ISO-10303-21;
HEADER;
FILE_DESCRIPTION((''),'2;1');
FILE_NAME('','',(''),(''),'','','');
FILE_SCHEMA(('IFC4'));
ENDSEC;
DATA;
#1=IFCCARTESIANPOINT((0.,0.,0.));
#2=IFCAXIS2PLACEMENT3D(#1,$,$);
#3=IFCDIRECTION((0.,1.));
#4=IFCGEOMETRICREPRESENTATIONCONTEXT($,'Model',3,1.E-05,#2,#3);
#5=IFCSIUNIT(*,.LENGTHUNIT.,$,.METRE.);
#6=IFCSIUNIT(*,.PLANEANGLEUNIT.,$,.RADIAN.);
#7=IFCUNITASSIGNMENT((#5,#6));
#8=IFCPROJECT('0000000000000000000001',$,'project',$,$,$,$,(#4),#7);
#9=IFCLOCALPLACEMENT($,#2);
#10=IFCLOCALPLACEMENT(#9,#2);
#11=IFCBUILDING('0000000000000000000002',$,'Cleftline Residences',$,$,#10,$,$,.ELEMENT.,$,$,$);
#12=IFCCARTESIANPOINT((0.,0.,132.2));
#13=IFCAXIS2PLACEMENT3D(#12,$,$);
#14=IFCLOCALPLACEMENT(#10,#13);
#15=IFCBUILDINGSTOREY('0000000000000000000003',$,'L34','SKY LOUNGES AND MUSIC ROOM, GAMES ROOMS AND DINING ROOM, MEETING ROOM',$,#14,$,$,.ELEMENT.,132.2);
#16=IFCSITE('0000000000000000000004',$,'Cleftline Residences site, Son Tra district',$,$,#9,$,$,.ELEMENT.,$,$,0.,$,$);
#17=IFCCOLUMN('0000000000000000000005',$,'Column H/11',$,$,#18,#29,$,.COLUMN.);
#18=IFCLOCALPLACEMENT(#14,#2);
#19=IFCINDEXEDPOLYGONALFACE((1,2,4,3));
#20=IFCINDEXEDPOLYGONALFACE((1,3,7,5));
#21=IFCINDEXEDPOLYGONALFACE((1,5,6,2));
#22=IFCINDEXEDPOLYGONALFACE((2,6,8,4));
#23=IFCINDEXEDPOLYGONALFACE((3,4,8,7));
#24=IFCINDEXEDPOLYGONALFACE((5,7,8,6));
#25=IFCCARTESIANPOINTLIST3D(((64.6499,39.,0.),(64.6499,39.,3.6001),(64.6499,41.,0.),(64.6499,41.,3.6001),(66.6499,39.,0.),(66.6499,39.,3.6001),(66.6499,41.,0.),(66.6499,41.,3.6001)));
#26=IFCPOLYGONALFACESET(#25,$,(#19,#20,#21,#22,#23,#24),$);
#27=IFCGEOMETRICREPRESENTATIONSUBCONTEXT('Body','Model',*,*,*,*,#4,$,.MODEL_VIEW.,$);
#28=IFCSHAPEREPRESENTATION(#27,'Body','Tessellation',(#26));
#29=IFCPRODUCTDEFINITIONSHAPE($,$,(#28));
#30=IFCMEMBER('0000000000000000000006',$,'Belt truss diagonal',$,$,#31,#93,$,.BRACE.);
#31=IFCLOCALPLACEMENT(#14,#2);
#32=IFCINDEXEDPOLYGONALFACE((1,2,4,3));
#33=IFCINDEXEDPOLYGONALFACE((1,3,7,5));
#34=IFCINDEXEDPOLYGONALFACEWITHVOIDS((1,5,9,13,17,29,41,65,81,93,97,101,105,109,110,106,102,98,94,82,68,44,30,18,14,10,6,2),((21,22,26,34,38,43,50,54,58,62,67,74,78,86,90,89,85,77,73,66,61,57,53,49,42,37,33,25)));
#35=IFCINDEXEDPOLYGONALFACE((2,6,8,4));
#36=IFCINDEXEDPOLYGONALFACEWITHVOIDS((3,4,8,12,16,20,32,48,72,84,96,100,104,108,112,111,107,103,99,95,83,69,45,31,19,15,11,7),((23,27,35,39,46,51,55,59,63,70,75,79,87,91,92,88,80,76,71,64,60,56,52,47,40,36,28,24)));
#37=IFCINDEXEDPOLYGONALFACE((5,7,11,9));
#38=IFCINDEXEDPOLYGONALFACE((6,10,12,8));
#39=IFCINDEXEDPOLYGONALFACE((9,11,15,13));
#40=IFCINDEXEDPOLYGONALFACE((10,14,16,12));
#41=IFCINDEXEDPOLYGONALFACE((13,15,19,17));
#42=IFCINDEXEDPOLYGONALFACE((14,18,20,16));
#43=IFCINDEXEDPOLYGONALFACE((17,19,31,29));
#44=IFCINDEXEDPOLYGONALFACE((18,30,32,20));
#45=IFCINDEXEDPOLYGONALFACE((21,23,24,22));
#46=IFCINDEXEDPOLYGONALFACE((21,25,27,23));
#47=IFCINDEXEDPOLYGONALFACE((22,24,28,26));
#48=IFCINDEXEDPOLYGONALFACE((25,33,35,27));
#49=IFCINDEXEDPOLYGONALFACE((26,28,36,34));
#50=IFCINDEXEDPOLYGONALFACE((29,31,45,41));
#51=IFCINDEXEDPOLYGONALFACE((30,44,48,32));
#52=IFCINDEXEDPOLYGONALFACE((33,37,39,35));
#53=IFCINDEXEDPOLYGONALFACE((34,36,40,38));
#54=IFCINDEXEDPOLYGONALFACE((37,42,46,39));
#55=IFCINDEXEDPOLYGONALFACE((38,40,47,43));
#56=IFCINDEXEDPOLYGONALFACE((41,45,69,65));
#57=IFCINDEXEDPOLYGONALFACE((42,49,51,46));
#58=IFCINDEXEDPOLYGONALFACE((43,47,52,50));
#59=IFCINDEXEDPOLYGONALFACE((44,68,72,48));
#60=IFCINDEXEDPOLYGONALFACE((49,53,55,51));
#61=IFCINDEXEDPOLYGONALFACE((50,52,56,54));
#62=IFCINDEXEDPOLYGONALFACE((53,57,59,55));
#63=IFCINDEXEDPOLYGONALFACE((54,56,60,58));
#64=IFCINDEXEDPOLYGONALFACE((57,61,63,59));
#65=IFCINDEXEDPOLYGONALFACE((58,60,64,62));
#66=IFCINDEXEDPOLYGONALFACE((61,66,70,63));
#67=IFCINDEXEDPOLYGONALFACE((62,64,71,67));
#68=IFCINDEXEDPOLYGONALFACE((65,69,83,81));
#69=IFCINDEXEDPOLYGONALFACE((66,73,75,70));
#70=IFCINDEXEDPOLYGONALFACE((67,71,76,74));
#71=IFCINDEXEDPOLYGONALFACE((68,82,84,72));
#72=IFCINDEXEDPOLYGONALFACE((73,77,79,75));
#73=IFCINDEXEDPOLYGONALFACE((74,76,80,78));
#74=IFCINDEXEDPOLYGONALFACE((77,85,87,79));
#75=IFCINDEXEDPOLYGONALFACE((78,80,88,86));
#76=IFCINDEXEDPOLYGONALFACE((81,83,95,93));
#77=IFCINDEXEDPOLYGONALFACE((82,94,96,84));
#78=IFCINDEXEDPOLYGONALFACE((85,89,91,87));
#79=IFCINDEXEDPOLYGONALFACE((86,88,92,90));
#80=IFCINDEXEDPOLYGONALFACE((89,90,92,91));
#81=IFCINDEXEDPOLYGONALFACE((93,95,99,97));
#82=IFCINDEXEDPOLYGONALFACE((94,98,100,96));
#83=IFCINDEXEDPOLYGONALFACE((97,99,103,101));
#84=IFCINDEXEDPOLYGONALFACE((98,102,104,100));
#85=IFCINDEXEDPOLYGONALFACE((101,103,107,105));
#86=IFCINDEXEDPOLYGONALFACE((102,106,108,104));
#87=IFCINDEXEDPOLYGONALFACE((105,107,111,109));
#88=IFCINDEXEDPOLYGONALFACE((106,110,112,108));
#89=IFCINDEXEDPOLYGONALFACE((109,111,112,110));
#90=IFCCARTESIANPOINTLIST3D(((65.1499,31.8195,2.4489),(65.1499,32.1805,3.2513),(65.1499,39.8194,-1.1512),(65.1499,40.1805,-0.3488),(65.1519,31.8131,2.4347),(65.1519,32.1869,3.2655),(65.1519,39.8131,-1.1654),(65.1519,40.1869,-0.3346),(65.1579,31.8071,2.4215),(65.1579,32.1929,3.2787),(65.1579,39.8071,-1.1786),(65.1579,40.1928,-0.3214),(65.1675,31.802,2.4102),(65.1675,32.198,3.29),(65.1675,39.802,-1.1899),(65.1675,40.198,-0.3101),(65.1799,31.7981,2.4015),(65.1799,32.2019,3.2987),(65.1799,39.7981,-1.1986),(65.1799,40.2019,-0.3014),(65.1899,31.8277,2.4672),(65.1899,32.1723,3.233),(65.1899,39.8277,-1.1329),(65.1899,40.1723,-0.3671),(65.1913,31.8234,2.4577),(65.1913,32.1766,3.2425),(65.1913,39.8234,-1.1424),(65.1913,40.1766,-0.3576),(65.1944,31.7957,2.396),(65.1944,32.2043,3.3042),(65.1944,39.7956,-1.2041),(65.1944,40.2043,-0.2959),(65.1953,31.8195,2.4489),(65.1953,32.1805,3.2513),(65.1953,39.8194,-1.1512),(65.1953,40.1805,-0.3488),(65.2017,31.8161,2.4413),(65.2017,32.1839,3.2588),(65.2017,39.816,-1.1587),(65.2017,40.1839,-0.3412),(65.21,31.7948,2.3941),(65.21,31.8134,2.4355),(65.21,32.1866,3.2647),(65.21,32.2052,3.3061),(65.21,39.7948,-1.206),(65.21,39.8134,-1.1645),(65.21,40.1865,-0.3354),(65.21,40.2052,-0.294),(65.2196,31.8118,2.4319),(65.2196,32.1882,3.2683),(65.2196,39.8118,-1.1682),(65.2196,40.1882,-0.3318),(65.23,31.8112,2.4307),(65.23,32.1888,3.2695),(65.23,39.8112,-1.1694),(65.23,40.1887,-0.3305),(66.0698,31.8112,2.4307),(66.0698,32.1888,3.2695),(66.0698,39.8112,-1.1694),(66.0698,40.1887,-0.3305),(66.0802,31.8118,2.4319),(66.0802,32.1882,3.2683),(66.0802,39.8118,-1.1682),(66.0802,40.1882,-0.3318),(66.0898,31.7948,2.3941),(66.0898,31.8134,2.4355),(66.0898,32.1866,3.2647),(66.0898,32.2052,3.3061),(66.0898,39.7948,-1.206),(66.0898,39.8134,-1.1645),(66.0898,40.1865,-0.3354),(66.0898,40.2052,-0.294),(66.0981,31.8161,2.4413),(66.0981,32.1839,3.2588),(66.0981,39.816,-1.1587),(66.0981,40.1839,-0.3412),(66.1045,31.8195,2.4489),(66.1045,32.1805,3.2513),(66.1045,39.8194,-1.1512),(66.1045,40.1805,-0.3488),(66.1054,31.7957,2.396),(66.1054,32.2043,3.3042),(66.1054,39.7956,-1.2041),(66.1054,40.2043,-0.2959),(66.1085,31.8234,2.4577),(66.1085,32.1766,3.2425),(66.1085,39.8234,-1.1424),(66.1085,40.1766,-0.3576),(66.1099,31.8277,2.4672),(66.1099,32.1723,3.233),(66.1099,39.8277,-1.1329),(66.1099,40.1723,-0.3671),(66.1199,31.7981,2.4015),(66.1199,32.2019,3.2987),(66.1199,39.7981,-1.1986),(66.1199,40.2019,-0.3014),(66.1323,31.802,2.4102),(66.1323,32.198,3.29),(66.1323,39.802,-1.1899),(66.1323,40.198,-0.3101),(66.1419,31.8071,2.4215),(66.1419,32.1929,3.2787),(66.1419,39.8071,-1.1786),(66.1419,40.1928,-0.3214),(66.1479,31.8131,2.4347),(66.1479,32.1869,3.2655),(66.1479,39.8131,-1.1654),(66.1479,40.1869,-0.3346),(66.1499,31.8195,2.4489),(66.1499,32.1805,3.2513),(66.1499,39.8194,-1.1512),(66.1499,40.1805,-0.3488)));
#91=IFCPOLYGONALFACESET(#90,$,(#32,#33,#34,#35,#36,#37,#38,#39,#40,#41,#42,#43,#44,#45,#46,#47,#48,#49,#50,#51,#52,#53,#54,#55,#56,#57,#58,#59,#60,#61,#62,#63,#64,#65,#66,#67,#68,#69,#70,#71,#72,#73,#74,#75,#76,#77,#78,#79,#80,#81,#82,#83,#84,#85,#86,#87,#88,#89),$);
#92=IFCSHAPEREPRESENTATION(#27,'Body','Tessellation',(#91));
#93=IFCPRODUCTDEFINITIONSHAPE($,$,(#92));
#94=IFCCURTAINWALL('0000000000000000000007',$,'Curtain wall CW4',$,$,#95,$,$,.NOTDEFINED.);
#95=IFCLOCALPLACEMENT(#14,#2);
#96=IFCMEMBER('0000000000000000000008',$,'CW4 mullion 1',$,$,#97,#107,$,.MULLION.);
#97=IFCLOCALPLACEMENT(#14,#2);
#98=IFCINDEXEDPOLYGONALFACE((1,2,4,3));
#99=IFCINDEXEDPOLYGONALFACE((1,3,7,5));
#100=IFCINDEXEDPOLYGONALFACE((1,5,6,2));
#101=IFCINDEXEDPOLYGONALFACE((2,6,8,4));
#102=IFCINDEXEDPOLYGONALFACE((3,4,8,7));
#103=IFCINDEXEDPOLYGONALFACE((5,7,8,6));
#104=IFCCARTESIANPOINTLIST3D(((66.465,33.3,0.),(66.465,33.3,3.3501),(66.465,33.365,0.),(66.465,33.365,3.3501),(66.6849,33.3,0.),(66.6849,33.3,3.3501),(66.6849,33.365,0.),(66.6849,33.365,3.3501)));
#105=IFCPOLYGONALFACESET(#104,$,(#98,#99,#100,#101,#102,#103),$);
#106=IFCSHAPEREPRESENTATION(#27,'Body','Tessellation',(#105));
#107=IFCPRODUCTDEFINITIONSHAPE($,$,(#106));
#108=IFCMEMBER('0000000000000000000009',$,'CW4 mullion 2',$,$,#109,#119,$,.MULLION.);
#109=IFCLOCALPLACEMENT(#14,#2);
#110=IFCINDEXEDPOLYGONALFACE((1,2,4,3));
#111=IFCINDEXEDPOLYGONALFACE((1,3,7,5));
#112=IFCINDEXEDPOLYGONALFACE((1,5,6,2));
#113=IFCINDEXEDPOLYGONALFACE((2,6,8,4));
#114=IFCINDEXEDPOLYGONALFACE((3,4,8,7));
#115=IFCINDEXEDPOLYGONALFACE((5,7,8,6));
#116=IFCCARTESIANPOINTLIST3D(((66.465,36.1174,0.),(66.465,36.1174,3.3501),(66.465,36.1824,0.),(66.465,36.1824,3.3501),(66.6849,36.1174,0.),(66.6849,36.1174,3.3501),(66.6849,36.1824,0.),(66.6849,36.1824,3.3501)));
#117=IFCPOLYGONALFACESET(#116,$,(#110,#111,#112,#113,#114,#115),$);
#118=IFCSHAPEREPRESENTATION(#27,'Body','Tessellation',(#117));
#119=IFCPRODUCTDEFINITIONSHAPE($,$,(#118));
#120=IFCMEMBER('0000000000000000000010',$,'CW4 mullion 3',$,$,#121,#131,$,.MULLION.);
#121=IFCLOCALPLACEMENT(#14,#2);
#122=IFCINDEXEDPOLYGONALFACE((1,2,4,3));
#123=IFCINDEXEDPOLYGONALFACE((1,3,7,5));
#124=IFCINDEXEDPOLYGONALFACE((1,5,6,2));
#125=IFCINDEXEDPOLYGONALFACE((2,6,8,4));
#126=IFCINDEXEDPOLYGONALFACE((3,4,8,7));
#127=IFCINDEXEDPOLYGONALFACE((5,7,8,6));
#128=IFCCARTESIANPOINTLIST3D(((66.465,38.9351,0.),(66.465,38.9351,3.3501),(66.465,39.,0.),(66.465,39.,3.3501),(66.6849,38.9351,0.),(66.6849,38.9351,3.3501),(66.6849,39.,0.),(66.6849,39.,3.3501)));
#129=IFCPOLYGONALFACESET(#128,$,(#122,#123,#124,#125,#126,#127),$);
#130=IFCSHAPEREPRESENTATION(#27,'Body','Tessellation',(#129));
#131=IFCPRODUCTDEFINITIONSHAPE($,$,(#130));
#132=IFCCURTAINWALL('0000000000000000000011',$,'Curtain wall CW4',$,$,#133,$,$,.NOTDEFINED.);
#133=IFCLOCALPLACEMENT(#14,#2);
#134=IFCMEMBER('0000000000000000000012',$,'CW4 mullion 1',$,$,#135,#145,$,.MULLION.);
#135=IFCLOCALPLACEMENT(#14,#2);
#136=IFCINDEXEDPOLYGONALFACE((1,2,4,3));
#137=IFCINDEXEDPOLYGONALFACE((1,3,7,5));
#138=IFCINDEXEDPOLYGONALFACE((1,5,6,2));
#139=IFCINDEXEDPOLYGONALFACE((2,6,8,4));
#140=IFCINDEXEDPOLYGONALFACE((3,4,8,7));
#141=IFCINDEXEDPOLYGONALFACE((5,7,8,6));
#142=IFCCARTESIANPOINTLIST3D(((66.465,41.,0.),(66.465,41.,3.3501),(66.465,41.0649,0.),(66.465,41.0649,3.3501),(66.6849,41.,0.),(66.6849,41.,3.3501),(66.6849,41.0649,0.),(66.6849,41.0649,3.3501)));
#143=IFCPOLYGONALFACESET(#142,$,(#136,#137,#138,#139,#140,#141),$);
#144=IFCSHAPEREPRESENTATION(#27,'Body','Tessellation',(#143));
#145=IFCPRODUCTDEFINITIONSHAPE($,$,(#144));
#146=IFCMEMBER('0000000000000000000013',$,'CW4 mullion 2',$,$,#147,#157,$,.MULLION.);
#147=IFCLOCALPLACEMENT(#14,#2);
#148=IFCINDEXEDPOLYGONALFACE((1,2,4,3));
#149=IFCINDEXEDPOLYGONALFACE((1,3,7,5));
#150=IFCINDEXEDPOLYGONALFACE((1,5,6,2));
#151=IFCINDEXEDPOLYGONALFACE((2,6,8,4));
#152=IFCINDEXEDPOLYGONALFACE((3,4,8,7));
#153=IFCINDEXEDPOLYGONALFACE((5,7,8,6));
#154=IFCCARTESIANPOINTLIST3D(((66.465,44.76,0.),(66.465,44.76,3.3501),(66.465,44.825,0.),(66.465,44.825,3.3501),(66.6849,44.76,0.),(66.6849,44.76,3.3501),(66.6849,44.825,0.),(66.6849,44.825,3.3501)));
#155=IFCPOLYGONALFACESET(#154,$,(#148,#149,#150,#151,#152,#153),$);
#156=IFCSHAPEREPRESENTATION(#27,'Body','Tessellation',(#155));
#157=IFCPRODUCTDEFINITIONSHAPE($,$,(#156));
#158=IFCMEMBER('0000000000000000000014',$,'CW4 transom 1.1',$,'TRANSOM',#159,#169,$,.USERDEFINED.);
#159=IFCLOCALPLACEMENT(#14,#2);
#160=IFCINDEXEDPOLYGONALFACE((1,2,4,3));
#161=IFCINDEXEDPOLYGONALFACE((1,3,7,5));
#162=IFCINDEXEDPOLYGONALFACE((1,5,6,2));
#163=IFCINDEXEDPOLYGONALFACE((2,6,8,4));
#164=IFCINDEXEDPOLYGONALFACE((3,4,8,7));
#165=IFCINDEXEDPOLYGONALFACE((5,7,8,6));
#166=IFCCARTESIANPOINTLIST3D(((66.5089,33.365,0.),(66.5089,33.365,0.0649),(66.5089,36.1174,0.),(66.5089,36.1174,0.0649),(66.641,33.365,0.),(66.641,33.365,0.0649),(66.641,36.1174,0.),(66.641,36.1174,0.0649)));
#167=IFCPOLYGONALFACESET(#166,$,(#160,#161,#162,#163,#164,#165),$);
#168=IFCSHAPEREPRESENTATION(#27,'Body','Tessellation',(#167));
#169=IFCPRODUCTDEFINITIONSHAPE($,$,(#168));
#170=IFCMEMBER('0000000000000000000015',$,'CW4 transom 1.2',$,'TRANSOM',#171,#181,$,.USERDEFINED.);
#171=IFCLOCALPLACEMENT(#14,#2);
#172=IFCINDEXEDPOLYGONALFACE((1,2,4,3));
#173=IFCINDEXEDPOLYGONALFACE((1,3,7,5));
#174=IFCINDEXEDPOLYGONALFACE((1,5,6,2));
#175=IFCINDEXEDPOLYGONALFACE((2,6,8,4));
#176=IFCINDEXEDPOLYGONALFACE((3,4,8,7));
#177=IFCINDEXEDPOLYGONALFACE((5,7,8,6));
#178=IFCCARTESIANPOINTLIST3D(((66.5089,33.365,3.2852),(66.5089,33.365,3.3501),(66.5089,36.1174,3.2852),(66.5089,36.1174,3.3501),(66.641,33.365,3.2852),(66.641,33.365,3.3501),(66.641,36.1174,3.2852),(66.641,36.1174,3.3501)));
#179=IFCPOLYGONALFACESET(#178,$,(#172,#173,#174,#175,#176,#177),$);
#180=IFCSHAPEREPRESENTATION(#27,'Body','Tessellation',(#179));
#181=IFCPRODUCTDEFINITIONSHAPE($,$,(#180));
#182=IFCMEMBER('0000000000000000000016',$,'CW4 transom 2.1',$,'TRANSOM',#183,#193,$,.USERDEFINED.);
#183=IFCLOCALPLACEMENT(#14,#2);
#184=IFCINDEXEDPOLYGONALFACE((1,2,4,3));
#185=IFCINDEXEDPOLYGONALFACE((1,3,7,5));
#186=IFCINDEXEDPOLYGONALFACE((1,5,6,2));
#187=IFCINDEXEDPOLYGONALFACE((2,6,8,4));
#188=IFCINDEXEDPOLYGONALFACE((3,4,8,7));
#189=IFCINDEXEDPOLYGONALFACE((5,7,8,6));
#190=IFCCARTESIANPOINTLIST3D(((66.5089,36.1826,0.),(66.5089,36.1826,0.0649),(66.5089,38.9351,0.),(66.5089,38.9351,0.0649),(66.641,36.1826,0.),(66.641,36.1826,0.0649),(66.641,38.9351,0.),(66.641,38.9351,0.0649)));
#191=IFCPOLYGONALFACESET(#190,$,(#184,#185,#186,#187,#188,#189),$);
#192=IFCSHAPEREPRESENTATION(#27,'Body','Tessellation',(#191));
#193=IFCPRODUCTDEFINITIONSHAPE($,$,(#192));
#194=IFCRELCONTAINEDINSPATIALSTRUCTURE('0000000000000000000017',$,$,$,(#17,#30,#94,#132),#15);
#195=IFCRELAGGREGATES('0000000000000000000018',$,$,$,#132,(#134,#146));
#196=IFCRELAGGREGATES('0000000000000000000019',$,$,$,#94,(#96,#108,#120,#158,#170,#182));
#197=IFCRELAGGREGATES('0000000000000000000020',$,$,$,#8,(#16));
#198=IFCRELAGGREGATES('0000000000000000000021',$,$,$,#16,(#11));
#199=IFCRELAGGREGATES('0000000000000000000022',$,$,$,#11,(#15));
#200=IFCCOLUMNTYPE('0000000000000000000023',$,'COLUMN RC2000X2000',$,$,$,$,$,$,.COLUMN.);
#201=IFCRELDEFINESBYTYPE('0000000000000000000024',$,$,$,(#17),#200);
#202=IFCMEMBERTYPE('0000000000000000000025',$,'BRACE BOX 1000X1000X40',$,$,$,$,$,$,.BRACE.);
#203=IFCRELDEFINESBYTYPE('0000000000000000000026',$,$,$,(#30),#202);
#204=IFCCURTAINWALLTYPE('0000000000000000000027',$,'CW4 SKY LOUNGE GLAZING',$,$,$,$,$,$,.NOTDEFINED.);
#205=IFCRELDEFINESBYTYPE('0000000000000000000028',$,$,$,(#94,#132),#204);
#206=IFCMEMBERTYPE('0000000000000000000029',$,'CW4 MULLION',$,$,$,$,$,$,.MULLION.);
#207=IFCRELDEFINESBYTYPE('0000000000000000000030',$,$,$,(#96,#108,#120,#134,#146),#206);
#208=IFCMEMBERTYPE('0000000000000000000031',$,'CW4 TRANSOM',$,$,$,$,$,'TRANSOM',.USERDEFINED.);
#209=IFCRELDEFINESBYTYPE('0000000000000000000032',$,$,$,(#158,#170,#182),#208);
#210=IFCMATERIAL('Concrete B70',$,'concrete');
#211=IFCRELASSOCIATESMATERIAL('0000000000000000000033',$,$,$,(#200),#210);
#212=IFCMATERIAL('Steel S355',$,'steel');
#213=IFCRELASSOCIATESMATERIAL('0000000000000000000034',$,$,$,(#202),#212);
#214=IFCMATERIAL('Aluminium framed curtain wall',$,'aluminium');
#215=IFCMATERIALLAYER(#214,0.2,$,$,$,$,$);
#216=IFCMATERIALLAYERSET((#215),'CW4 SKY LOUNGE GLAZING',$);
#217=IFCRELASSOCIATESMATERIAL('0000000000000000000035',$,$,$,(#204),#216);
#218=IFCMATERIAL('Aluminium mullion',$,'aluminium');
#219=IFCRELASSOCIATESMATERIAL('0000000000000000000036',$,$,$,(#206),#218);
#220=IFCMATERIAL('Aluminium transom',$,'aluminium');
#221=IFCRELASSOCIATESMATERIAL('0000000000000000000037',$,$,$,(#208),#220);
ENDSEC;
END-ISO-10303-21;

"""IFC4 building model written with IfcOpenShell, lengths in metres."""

from ifc_helpers import new_model, si_unit, direction, frame, origin, origin_2d, place, context, subcontext, project, spatial, rectangle, hollow_rectangle, extrude, material, layer, layer_set, material_profile, profile_set, type_object, element, aggregate, save


model = new_model("IFC4")

# Units and contexts
model_context = context("Model", 3, precision=1e-05, world=origin(), true_north=direction((0.0, 1.0)))
body_context = subcontext(model_context, "Body", "Model", "MODEL_VIEW")
ifc_project = project(units=[si_unit("LENGTHUNIT", "METRE"), si_unit("PLANEANGLEUNIT", "RADIAN")], contexts=[model_context])

# Site, building, storey
site_placement = place(None, origin())
site = spatial("IfcSite", under=ifc_project, at=site_placement, Name="Cleftline Residences site, Son Tra district", CompositionType="ELEMENT", RefElevation=0.0)
building_placement = place(site_placement, origin())
building = spatial("IfcBuilding", under=site, at=building_placement, Name="Cleftline Residences", CompositionType="ELEMENT")
storey_placement = place(building_placement, frame((0.0, 0.0, 132.2)))
storey = spatial("IfcBuildingStorey", under=building, at=storey_placement, Name="L34", Description="SKY LOUNGES AND MUSIC ROOM, GAMES ROOMS AND DINING ROOM, MEETING ROOM", CompositionType="ELEMENT", Elevation=132.2)

# Column
ifc_material_1 = material(Name="Concrete B70", Category="concrete")
ifc_material_profile_1 = material_profile(ifc_material_1, rectangle(XDim=2.0, YDim=2.0, at=origin_2d()))
ifc_profile_set_1 = profile_set([ifc_material_profile_1], Name="Concrete B70")
column_type = type_object("IfcColumnType", Name="COLUMN RC2000X2000", PredefinedType="COLUMN", material=ifc_profile_set_1)
column_placement = place(storey_placement, frame((65.6499, 40.0, 0.0), z_axis=(0.0, 0.0, 1.0), x_axis=(1.0, 0.0, 0.0)))
element("IfcColumn", 1, at=column_placement, inside=storey, type_object=column_type, Name="Column H/11", PredefinedType="COLUMN", context=body_context, shape_type="SweptSolid", body=[
    extrude(rectangle(XDim=2.0, YDim=2.0, at=origin_2d()), origin(), (0.0, 0.0, 1.0), 3.6001),
])

# Member
ifc_material_2 = material(Name="Steel S355", Category="steel")
ifc_material_profile_2 = material_profile(ifc_material_2, hollow_rectangle(XDim=1.0, YDim=1.0, WallThickness=0.04, InnerFilletRadius=0.04, OuterFilletRadius=0.0601, at=origin_2d()))
ifc_profile_set_2 = profile_set([ifc_material_profile_2], Name="Steel S355")
member_type_1 = type_object("IfcMemberType", Name="BRACE BOX 1000X1000X40", PredefinedType="BRACE", material=ifc_profile_set_2)
member_1_placement = place(storey_placement, frame((65.6499, 32.0, 2.8501), z_axis=(0.0, 0.911917, -0.410374), x_axis=(0.0, 0.410374, 0.911917)))
element("IfcMember", 2, at=member_1_placement, inside=storey, type_object=member_type_1, Name="Belt truss diagonal", PredefinedType="BRACE", context=body_context, shape_type="SweptSolid", body=[
    extrude(hollow_rectangle(XDim=1.0, YDim=1.0, WallThickness=0.04, InnerFilletRadius=0.04, OuterFilletRadius=0.0601, at=origin_2d()), origin(), (0.0, 0.0, 1.0), 8.7727),
])

# Curtain walls, members
ifc_material_3 = material(Name="Aluminium framed curtain wall", Category="aluminium")
ifc_layer_1 = layer(ifc_material_3, 0.2)
ifc_layer_set_1 = layer_set([ifc_layer_1], Name="CW4 SKY LOUNGE GLAZING")
curtain_wall_type = type_object("IfcCurtainWallType", Name="CW4 SKY LOUNGE GLAZING", PredefinedType="NOTDEFINED", material=ifc_layer_set_1)
curtain_wall_1_placement = place(storey_placement, origin())
curtain_wall_1 = element("IfcCurtainWall", 3, at=curtain_wall_1_placement, inside=storey, type_object=curtain_wall_type, Name="Curtain wall CW4", PredefinedType="NOTDEFINED")
ifc_material_4 = material(Name="Aluminium mullion", Category="aluminium")
ifc_material_profile_3 = material_profile(ifc_material_4, rectangle(XDim=0.22, YDim=0.0649, at=origin_2d()))
ifc_profile_set_3 = profile_set([ifc_material_profile_3], Name="Aluminium mullion")
member_type_2 = type_object("IfcMemberType", Name="CW4 MULLION", PredefinedType="MULLION", material=ifc_profile_set_3)
member_2_placement = place(storey_placement, frame((66.575, 33.3325, 0.0), z_axis=(0.0, 0.0, 1.0), x_axis=(-1.0, 0.0, 0.0)))
member_2 = element("IfcMember", 4, at=member_2_placement, type_object=member_type_2, Name="CW4 mullion 1", PredefinedType="MULLION", context=body_context, shape_type="SweptSolid", body=[
    extrude(rectangle(XDim=0.22, YDim=0.0649, at=origin_2d()), origin(), (0.0, 0.0, 1.0), 3.3501),
])
member_3_placement = place(storey_placement, frame((66.575, 36.1499, 0.0), z_axis=(0.0, 0.0, 1.0), x_axis=(-1.0, 0.0, 0.0)))
member_3 = element("IfcMember", 5, at=member_3_placement, type_object=member_type_2, Name="CW4 mullion 2", PredefinedType="MULLION", context=body_context, shape_type="SweptSolid", body=[
    extrude(rectangle(XDim=0.22, YDim=0.0649, at=origin_2d()), origin(), (0.0, 0.0, 1.0), 3.3501),
])
member_4_placement = place(storey_placement, frame((66.575, 38.9675, 0.0), z_axis=(0.0, 0.0, 1.0), x_axis=(-1.0, 0.0, 0.0)))
member_4 = element("IfcMember", 6, at=member_4_placement, type_object=member_type_2, Name="CW4 mullion 3", PredefinedType="MULLION", context=body_context, shape_type="SweptSolid", body=[
    extrude(rectangle(XDim=0.22, YDim=0.0649, at=origin_2d()), origin(), (0.0, 0.0, 1.0), 3.3501),
])
curtain_wall_2_placement = place(storey_placement, origin())
curtain_wall_2 = element("IfcCurtainWall", 7, at=curtain_wall_2_placement, inside=storey, type_object=curtain_wall_type, Name="Curtain wall CW4", PredefinedType="NOTDEFINED")
member_5_placement = place(storey_placement, frame((66.575, 41.0325, 0.0), z_axis=(0.0, 0.0, 1.0), x_axis=(-1.0, 0.0, 0.0)))
member_5 = element("IfcMember", 8, at=member_5_placement, type_object=member_type_2, Name="CW4 mullion 1", PredefinedType="MULLION", context=body_context, shape_type="SweptSolid", body=[
    extrude(rectangle(XDim=0.22, YDim=0.0649, at=origin_2d()), origin(), (0.0, 0.0, 1.0), 3.3501),
])
member_6_placement = place(storey_placement, frame((66.575, 44.7925, 0.0), z_axis=(0.0, 0.0, 1.0), x_axis=(-1.0, 0.0, 0.0)))
member_6 = element("IfcMember", 9, at=member_6_placement, type_object=member_type_2, Name="CW4 mullion 2", PredefinedType="MULLION", context=body_context, shape_type="SweptSolid", body=[
    extrude(rectangle(XDim=0.22, YDim=0.0649, at=origin_2d()), origin(), (0.0, 0.0, 1.0), 3.3501),
])

# Members
ifc_material_5 = material(Name="Aluminium transom", Category="aluminium")
ifc_material_profile_4 = material_profile(ifc_material_5, rectangle(XDim=0.1321, YDim=0.0649, at=origin_2d()))
ifc_profile_set_4 = profile_set([ifc_material_profile_4], Name="Aluminium transom")
member_type_3 = type_object("IfcMemberType", Name="CW4 TRANSOM", ElementType="TRANSOM", PredefinedType="USERDEFINED", material=ifc_profile_set_4)
member_7_placement = place(storey_placement, frame((66.575, 33.365, 0.0325), z_axis=(0.0, 1.0, 0.0), x_axis=(-1.0, 0.0, 0.0)))
member_7 = element("IfcMember", 10, at=member_7_placement, type_object=member_type_3, Name="CW4 transom 1.1", ObjectType="TRANSOM", PredefinedType="USERDEFINED", context=body_context, shape_type="SweptSolid", body=[
    extrude(rectangle(XDim=0.1321, YDim=0.0649, at=origin_2d()), origin(), (0.0, 0.0, 1.0), 2.7524),
])
member_8_placement = place(storey_placement, frame((66.575, 33.365, 3.3176), z_axis=(0.0, 1.0, 0.0), x_axis=(-1.0, 0.0, 0.0)))
member_8 = element("IfcMember", 11, at=member_8_placement, type_object=member_type_3, Name="CW4 transom 1.2", ObjectType="TRANSOM", PredefinedType="USERDEFINED", context=body_context, shape_type="SweptSolid", body=[
    extrude(rectangle(XDim=0.1321, YDim=0.0649, at=origin_2d()), origin(), (0.0, 0.0, 1.0), 2.7524),
])
member_9_placement = place(storey_placement, frame((66.575, 36.1826, 0.0325), z_axis=(0.0, 1.0, 0.0), x_axis=(-1.0, 0.0, 0.0)))
member_9 = element("IfcMember", 12, at=member_9_placement, type_object=member_type_3, Name="CW4 transom 2.1", ObjectType="TRANSOM", PredefinedType="USERDEFINED", context=body_context, shape_type="SweptSolid", body=[
    extrude(rectangle(XDim=0.1321, YDim=0.0649, at=origin_2d()), origin(), (0.0, 0.0, 1.0), 2.7524),
])

aggregate(curtain_wall_2, [member_5, member_6])
aggregate(curtain_wall_1, [member_2, member_3, member_4, member_7, member_8, member_9])

save(model, "model.ifc")
